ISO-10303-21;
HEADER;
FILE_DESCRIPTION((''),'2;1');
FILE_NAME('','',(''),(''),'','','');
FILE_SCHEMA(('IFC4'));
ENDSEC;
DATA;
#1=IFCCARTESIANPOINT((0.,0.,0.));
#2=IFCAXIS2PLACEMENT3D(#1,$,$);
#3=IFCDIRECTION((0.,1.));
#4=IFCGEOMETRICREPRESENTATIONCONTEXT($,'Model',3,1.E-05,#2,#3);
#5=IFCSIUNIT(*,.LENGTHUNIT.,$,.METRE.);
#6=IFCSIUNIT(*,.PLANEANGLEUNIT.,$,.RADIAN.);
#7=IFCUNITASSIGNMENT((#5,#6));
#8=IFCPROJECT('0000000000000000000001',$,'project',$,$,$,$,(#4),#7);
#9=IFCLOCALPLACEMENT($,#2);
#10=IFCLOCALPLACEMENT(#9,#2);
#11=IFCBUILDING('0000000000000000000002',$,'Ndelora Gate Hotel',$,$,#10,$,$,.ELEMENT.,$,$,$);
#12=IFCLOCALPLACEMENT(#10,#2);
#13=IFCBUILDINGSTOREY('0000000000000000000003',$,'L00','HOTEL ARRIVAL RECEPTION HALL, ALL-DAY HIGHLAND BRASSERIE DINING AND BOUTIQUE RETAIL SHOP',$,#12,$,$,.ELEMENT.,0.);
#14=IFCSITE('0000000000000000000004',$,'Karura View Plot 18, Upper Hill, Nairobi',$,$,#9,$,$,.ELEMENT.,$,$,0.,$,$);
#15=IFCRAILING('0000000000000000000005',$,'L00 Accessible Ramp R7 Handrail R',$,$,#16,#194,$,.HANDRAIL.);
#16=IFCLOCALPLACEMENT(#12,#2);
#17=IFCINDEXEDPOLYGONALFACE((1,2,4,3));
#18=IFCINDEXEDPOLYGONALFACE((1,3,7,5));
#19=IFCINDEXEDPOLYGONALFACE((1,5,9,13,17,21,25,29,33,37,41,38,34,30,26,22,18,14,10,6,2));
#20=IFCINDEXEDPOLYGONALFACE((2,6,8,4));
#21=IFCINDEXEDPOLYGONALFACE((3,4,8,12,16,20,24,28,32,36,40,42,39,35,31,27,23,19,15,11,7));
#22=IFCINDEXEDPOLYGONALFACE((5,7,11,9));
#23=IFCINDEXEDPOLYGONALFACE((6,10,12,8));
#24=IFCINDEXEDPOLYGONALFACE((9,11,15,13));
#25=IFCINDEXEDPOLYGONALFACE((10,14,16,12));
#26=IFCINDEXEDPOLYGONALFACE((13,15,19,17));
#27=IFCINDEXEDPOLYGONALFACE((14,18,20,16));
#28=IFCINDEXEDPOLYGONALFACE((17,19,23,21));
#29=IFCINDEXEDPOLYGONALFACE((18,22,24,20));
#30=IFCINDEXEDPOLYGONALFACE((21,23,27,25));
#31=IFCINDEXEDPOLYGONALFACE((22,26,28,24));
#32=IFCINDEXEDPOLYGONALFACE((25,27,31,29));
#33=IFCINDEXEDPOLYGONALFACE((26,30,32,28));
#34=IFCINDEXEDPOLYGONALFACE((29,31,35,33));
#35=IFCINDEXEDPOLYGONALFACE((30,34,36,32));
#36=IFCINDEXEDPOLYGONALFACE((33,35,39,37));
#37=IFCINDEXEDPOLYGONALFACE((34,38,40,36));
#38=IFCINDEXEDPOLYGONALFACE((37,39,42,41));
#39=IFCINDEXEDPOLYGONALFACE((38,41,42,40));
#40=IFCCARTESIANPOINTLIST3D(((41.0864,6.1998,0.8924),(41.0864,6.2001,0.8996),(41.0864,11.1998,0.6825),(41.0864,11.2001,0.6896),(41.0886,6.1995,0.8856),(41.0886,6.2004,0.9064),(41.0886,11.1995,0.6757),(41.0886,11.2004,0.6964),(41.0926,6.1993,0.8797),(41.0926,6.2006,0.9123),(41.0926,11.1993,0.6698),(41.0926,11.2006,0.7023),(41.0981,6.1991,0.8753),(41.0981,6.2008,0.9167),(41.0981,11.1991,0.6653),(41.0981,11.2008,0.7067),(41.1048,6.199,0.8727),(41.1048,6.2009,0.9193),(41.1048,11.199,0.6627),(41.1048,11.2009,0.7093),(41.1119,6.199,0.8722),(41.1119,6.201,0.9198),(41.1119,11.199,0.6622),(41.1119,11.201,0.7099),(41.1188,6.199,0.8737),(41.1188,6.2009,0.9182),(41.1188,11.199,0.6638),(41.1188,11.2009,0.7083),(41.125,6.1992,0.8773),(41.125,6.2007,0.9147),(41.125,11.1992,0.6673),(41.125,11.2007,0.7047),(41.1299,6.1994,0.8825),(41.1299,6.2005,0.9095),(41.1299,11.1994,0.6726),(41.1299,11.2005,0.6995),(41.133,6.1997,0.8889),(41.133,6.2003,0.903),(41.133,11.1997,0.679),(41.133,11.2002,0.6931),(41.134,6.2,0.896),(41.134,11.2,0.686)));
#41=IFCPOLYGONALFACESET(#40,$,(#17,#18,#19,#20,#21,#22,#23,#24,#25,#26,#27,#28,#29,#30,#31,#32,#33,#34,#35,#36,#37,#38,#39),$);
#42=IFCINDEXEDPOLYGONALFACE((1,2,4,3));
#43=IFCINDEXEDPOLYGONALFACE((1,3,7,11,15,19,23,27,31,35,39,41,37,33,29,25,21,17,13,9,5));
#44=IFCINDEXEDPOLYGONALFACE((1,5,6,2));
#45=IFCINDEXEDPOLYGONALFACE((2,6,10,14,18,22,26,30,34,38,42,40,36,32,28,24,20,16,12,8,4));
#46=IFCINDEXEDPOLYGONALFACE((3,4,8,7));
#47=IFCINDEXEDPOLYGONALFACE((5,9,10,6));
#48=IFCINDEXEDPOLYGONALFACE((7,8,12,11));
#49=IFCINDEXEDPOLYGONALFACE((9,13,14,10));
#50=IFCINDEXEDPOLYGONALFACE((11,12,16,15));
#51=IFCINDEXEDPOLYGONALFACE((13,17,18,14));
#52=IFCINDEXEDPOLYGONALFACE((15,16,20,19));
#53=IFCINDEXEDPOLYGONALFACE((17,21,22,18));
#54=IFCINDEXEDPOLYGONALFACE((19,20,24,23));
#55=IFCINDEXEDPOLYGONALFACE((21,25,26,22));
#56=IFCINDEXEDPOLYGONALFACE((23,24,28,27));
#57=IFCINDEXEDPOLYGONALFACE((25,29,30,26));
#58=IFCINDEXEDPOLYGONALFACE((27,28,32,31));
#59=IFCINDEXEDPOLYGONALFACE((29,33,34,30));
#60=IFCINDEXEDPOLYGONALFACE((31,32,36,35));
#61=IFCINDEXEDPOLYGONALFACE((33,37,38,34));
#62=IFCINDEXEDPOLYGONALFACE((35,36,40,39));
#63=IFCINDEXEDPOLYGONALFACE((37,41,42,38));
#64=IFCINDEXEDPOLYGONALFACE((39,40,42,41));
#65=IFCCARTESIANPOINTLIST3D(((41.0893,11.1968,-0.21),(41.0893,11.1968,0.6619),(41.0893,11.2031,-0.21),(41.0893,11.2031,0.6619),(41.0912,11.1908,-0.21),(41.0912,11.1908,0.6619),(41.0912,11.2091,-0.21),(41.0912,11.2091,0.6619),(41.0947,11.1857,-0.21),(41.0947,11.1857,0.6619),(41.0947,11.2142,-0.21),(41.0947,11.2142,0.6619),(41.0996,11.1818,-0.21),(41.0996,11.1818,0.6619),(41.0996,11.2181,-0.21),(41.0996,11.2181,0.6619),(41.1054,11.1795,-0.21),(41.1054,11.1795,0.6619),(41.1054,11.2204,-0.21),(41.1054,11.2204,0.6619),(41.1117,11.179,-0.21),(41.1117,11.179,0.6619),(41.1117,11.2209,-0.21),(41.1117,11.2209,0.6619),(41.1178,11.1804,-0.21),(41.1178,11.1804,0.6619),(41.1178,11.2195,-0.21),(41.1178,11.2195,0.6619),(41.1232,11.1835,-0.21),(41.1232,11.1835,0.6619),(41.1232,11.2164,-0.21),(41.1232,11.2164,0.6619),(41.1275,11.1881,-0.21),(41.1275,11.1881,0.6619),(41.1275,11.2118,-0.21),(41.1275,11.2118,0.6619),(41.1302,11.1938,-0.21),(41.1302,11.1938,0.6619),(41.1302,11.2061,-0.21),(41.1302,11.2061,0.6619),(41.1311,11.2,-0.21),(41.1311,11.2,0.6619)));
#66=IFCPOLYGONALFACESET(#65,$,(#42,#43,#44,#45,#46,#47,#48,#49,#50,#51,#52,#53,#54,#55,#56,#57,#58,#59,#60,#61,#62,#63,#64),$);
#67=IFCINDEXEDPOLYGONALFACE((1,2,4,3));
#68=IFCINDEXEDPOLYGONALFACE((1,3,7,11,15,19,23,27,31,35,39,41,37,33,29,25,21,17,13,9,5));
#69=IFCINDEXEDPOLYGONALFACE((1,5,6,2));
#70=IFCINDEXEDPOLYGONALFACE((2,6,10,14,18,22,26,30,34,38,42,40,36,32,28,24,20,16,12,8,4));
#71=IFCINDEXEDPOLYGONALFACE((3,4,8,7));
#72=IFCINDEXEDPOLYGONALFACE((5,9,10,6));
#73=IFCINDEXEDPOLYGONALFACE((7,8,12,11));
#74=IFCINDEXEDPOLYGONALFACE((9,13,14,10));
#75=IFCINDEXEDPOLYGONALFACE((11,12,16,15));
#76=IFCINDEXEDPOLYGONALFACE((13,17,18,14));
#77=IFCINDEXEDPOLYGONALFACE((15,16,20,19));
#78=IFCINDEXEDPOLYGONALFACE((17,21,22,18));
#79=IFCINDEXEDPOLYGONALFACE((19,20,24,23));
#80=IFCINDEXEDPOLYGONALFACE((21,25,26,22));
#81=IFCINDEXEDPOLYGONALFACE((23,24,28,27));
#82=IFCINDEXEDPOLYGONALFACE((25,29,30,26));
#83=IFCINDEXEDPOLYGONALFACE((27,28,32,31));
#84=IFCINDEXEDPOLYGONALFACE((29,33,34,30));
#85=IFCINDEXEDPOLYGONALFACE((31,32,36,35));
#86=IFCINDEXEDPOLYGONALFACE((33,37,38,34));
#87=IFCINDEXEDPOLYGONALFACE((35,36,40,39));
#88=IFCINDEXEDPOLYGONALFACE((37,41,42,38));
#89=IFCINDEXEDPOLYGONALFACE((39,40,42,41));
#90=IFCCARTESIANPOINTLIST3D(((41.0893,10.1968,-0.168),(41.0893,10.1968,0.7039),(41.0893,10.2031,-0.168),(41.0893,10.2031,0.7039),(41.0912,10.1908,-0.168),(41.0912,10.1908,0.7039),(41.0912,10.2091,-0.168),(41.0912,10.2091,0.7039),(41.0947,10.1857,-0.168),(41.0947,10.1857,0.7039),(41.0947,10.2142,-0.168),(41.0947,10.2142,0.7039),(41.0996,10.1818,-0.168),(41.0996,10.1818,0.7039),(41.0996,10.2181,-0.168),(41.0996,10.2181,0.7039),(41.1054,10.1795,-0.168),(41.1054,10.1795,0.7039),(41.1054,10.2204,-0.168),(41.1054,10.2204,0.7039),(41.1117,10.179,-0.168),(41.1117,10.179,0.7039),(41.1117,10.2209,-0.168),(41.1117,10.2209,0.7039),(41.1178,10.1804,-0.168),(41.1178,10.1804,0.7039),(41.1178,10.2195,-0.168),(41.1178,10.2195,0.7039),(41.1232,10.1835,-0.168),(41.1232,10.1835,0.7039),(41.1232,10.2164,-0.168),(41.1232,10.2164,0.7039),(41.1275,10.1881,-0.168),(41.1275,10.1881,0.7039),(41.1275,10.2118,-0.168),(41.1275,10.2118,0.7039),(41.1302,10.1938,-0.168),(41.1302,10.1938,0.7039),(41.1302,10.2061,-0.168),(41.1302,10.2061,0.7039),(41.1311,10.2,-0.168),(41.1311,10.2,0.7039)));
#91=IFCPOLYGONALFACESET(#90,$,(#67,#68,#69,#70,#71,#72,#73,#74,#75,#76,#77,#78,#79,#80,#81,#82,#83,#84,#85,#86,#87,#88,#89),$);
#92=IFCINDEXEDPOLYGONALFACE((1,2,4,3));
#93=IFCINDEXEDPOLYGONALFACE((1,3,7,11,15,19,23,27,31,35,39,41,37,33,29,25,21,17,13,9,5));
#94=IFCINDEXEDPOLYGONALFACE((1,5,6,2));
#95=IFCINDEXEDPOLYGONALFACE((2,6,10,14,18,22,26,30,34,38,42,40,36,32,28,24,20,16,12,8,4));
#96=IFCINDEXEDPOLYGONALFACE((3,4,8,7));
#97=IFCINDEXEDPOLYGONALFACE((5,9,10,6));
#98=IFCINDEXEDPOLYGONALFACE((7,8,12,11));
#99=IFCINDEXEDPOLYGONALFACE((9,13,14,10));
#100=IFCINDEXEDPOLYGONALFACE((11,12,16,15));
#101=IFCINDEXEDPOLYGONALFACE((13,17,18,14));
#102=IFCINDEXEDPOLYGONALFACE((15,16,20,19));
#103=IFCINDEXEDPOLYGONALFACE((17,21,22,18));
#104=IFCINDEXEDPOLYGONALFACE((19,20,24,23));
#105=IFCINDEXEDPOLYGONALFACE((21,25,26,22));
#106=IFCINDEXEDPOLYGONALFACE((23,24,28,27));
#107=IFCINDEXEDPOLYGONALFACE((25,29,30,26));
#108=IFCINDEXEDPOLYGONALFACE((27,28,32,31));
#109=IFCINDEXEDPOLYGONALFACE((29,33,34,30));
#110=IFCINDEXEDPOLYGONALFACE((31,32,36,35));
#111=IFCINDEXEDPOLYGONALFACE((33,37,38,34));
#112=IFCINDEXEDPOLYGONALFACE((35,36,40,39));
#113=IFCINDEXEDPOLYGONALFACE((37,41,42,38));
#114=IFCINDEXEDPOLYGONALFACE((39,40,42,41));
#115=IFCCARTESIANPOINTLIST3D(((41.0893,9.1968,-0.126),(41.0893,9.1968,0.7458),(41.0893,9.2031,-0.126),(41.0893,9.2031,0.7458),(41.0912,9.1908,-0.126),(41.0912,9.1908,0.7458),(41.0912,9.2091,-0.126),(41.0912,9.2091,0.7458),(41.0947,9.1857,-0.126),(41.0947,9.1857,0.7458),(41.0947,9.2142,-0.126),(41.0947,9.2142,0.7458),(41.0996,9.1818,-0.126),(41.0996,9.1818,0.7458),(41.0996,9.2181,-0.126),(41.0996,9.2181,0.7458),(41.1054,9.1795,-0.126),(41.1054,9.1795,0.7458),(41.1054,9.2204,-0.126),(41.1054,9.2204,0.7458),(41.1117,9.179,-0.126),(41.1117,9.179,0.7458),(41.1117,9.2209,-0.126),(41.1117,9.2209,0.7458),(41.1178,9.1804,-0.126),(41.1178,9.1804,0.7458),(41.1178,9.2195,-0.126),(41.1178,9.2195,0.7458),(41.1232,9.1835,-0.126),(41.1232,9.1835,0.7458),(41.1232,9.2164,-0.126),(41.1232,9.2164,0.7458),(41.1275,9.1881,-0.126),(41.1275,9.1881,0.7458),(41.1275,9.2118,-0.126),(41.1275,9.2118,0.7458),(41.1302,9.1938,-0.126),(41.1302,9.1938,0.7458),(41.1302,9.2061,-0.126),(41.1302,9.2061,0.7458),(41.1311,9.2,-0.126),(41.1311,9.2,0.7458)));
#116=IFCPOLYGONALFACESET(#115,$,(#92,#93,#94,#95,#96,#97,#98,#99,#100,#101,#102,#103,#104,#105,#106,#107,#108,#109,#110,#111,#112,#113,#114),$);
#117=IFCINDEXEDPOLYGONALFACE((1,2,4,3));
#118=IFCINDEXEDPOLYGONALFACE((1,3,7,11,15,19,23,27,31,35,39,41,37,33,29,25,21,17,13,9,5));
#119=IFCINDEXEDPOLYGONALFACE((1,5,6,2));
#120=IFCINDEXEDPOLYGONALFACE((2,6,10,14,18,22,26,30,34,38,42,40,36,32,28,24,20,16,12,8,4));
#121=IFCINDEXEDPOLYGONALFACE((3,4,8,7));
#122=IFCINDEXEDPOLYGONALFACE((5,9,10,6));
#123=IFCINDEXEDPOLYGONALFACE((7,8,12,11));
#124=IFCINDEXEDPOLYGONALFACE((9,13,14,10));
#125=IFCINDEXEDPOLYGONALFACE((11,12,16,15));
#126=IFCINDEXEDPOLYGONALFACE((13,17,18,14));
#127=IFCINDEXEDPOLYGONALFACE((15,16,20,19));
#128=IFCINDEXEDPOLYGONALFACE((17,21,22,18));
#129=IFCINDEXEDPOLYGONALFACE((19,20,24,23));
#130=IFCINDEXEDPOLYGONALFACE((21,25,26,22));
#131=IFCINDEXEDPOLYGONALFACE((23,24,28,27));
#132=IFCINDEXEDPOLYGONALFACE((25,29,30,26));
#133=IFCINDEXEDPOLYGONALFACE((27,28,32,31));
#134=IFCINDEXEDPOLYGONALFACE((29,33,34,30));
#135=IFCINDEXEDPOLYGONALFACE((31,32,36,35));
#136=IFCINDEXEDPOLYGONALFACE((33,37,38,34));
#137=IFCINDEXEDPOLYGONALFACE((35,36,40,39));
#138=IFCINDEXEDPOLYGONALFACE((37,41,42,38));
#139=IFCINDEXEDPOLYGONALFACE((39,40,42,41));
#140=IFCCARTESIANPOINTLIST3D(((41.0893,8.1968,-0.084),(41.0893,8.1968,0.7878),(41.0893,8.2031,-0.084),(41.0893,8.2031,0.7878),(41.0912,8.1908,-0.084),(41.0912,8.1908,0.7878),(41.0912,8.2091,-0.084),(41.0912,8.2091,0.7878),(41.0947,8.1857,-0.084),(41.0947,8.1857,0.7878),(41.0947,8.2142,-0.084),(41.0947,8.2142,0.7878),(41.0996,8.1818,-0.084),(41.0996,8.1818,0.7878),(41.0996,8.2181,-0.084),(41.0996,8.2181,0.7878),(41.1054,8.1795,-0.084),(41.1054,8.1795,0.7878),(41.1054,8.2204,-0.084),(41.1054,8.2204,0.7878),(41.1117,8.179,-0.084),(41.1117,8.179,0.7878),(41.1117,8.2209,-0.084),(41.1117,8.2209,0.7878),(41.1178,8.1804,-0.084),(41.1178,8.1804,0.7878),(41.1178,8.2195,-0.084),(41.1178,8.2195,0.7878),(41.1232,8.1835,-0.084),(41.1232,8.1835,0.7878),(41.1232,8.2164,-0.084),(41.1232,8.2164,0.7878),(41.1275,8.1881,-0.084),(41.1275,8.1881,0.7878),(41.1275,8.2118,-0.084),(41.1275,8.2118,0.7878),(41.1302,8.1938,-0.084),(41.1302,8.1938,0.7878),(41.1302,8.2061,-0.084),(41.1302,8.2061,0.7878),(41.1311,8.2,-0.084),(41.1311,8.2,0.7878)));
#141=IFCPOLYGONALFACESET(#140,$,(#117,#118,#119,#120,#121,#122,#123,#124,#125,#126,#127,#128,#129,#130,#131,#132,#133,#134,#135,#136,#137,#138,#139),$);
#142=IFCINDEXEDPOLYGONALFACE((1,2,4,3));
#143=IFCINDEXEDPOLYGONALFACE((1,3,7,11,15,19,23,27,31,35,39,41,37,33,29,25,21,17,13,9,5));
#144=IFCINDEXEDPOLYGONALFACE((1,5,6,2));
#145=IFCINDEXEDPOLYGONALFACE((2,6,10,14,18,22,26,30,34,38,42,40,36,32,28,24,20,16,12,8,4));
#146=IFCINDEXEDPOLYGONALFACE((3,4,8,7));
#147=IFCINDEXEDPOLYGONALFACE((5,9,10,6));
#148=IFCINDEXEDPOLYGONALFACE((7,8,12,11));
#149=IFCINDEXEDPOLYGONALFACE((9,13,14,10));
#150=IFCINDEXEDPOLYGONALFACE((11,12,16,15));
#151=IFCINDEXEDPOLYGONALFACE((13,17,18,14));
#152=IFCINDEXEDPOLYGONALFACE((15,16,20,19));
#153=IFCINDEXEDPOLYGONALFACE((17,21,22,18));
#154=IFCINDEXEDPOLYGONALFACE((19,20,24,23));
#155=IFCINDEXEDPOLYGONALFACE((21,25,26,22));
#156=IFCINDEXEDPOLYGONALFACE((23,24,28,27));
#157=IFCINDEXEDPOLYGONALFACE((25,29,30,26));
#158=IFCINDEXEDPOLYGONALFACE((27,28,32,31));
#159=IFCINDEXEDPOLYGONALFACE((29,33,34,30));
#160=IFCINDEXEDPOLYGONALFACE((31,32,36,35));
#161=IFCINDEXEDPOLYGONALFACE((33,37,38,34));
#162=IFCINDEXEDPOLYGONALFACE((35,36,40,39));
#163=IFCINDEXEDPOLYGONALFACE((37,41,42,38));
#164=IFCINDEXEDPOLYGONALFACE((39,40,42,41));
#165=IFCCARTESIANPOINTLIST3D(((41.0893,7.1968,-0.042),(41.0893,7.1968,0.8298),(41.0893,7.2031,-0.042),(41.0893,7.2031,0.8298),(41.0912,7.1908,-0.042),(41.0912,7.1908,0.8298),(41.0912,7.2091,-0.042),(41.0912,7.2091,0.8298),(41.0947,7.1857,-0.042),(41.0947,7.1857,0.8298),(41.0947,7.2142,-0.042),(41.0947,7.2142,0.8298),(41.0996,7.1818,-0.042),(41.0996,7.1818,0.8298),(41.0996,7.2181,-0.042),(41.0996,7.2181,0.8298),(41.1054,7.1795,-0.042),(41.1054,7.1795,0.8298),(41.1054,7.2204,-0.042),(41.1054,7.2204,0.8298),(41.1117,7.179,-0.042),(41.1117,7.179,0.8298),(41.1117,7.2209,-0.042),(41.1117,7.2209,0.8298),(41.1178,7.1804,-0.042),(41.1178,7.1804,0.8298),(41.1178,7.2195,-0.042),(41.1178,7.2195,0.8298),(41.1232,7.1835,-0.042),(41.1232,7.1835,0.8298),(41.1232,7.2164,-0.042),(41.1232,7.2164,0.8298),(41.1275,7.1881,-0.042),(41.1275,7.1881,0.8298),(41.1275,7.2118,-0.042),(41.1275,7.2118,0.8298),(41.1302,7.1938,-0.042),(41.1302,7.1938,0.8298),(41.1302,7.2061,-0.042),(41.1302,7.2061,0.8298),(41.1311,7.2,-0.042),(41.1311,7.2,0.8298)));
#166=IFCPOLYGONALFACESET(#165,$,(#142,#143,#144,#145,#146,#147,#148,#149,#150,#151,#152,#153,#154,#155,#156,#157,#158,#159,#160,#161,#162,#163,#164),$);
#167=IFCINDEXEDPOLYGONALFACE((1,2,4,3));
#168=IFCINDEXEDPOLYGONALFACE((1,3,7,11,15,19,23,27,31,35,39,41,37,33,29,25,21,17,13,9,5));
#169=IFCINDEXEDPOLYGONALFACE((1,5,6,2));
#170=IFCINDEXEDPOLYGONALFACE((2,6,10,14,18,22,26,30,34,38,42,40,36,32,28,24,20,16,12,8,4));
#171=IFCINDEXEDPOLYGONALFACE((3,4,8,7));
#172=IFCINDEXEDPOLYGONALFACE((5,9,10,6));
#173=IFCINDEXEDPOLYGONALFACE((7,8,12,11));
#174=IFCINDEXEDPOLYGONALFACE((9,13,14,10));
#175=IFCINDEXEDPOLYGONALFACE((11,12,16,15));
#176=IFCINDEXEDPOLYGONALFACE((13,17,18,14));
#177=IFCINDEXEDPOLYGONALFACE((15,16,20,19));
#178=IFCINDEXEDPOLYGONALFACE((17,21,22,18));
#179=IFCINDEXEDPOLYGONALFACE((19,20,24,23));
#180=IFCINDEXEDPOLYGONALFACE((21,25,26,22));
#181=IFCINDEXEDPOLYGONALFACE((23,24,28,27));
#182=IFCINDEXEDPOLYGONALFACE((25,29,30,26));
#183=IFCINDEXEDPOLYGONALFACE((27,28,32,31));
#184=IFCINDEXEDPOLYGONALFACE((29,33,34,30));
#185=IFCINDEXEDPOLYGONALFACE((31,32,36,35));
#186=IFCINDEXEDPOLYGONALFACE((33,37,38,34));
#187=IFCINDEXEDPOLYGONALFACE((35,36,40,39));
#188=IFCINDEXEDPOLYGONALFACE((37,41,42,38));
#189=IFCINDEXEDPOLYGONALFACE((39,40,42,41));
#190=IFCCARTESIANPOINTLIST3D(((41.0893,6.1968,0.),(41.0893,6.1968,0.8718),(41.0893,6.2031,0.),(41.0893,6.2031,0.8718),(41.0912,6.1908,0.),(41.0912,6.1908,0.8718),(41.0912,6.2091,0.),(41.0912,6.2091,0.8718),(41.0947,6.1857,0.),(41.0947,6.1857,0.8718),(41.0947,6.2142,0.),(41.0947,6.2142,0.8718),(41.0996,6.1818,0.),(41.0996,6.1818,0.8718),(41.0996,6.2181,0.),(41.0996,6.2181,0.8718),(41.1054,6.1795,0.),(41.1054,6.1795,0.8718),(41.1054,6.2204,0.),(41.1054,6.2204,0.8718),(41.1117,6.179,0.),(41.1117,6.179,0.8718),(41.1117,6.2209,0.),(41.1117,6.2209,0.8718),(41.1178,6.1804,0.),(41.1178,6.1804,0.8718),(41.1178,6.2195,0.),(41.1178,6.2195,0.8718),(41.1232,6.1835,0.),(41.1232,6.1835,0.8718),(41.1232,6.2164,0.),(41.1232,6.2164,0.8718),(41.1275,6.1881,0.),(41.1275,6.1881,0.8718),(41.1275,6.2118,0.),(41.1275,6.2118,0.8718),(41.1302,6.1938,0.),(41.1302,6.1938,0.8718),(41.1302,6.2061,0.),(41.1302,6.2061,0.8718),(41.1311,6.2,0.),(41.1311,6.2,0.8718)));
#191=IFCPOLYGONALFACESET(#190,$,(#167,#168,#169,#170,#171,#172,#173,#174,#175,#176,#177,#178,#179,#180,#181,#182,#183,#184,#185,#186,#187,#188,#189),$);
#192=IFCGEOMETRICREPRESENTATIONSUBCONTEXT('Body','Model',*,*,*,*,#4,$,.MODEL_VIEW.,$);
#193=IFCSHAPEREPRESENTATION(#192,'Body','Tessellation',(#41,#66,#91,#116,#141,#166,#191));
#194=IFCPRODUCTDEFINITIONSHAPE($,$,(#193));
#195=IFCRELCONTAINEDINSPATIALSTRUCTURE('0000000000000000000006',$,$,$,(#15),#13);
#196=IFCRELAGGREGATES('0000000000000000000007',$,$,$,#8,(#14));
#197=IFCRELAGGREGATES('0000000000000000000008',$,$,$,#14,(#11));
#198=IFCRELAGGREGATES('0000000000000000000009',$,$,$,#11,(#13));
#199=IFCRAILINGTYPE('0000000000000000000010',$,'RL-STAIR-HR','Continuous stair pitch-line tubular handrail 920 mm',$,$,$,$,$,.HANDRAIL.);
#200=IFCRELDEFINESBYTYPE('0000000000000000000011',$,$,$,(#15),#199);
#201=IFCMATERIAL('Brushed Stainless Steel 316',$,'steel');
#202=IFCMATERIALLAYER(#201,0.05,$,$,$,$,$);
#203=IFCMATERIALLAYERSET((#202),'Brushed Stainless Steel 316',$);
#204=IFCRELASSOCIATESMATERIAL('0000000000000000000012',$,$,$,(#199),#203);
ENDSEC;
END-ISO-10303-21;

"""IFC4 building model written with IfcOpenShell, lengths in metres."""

from ifc_helpers import new_model, si_unit, direction, frame, origin, origin_2d, place, context, subcontext, project, spatial, circle, extrude, material, layer, layer_set, type_object, element, save


model = new_model("IFC4")

# Units and contexts
model_context = context("Model", 3, precision=1e-05, world=origin(), true_north=direction((0.0, 1.0)))
body_context = subcontext(model_context, "Body", "Model", "MODEL_VIEW")
ifc_project = project(units=[si_unit("LENGTHUNIT", "METRE"), si_unit("PLANEANGLEUNIT", "RADIAN")], contexts=[model_context])

# Site, building, storey
site_placement = place(None, origin())
site = spatial("IfcSite", under=ifc_project, at=site_placement, Name="Karura View Plot 18, Upper Hill, Nairobi", CompositionType="ELEMENT", RefElevation=0.0)
building_placement = place(site_placement, origin())
building = spatial("IfcBuilding", under=site, at=building_placement, Name="Ndelora Gate Hotel", CompositionType="ELEMENT")
storey_placement = place(building_placement, origin())
storey = spatial("IfcBuildingStorey", under=building, at=storey_placement, Name="L00", Description="HOTEL ARRIVAL RECEPTION HALL, ALL-DAY HIGHLAND BRASSERIE DINING AND BOUTIQUE RETAIL SHOP", CompositionType="ELEMENT", Elevation=0.0)

# Railing
ifc_material_1 = material(Name="Brushed Stainless Steel 316", Category="steel")
ifc_layer_1 = layer(ifc_material_1, 0.05)
ifc_layer_set_1 = layer_set([ifc_layer_1], Name="Brushed Stainless Steel 316")
railing_type_1 = type_object("IfcRailingType", Name="RL-STAIR-HR", Description="Continuous stair pitch-line tubular handrail 920 mm", PredefinedType="HANDRAIL", material=ifc_layer_set_1)
railing_1_placement = place(storey_placement, frame((41.1101, 11.2, -0.21)))
element("IfcRailing", 1, at=railing_1_placement, inside=storey, type_object=railing_type_1, Name="L00 Accessible Ramp R7 Handrail R", PredefinedType="HANDRAIL", context=body_context, shape_type="SweptSolid", body=[
    extrude(circle(Radius=0.0239, at=origin_2d()), frame((0.0, 0.0, 0.896), z_axis=(0.0, -0.999119, 0.041955), x_axis=(1.0, 0.0, 0.0)), (0.0, 0.0, 1.0), 5.0044),
    extrude(circle(Radius=0.021, at=origin_2d()), origin(), (0.0, 0.0, 1.0), 0.8718),
    extrude(circle(Radius=0.021, at=origin_2d()), frame((0.0, -1.0, 0.042)), (0.0, 0.0, 1.0), 0.8718),
    extrude(circle(Radius=0.021, at=origin_2d()), frame((0.0, -2.0, 0.084)), (0.0, 0.0, 1.0), 0.8718),
    extrude(circle(Radius=0.021, at=origin_2d()), frame((0.0, -3.0, 0.126)), (0.0, 0.0, 1.0), 0.8718),
    extrude(circle(Radius=0.021, at=origin_2d()), frame((0.0, -4.0, 0.168)), (0.0, 0.0, 1.0), 0.8718),
    extrude(circle(Radius=0.021, at=origin_2d()), frame((0.0, -5.0, 0.21)), (0.0, 0.0, 1.0), 0.8718),
])

save(model, "model.ifc")
